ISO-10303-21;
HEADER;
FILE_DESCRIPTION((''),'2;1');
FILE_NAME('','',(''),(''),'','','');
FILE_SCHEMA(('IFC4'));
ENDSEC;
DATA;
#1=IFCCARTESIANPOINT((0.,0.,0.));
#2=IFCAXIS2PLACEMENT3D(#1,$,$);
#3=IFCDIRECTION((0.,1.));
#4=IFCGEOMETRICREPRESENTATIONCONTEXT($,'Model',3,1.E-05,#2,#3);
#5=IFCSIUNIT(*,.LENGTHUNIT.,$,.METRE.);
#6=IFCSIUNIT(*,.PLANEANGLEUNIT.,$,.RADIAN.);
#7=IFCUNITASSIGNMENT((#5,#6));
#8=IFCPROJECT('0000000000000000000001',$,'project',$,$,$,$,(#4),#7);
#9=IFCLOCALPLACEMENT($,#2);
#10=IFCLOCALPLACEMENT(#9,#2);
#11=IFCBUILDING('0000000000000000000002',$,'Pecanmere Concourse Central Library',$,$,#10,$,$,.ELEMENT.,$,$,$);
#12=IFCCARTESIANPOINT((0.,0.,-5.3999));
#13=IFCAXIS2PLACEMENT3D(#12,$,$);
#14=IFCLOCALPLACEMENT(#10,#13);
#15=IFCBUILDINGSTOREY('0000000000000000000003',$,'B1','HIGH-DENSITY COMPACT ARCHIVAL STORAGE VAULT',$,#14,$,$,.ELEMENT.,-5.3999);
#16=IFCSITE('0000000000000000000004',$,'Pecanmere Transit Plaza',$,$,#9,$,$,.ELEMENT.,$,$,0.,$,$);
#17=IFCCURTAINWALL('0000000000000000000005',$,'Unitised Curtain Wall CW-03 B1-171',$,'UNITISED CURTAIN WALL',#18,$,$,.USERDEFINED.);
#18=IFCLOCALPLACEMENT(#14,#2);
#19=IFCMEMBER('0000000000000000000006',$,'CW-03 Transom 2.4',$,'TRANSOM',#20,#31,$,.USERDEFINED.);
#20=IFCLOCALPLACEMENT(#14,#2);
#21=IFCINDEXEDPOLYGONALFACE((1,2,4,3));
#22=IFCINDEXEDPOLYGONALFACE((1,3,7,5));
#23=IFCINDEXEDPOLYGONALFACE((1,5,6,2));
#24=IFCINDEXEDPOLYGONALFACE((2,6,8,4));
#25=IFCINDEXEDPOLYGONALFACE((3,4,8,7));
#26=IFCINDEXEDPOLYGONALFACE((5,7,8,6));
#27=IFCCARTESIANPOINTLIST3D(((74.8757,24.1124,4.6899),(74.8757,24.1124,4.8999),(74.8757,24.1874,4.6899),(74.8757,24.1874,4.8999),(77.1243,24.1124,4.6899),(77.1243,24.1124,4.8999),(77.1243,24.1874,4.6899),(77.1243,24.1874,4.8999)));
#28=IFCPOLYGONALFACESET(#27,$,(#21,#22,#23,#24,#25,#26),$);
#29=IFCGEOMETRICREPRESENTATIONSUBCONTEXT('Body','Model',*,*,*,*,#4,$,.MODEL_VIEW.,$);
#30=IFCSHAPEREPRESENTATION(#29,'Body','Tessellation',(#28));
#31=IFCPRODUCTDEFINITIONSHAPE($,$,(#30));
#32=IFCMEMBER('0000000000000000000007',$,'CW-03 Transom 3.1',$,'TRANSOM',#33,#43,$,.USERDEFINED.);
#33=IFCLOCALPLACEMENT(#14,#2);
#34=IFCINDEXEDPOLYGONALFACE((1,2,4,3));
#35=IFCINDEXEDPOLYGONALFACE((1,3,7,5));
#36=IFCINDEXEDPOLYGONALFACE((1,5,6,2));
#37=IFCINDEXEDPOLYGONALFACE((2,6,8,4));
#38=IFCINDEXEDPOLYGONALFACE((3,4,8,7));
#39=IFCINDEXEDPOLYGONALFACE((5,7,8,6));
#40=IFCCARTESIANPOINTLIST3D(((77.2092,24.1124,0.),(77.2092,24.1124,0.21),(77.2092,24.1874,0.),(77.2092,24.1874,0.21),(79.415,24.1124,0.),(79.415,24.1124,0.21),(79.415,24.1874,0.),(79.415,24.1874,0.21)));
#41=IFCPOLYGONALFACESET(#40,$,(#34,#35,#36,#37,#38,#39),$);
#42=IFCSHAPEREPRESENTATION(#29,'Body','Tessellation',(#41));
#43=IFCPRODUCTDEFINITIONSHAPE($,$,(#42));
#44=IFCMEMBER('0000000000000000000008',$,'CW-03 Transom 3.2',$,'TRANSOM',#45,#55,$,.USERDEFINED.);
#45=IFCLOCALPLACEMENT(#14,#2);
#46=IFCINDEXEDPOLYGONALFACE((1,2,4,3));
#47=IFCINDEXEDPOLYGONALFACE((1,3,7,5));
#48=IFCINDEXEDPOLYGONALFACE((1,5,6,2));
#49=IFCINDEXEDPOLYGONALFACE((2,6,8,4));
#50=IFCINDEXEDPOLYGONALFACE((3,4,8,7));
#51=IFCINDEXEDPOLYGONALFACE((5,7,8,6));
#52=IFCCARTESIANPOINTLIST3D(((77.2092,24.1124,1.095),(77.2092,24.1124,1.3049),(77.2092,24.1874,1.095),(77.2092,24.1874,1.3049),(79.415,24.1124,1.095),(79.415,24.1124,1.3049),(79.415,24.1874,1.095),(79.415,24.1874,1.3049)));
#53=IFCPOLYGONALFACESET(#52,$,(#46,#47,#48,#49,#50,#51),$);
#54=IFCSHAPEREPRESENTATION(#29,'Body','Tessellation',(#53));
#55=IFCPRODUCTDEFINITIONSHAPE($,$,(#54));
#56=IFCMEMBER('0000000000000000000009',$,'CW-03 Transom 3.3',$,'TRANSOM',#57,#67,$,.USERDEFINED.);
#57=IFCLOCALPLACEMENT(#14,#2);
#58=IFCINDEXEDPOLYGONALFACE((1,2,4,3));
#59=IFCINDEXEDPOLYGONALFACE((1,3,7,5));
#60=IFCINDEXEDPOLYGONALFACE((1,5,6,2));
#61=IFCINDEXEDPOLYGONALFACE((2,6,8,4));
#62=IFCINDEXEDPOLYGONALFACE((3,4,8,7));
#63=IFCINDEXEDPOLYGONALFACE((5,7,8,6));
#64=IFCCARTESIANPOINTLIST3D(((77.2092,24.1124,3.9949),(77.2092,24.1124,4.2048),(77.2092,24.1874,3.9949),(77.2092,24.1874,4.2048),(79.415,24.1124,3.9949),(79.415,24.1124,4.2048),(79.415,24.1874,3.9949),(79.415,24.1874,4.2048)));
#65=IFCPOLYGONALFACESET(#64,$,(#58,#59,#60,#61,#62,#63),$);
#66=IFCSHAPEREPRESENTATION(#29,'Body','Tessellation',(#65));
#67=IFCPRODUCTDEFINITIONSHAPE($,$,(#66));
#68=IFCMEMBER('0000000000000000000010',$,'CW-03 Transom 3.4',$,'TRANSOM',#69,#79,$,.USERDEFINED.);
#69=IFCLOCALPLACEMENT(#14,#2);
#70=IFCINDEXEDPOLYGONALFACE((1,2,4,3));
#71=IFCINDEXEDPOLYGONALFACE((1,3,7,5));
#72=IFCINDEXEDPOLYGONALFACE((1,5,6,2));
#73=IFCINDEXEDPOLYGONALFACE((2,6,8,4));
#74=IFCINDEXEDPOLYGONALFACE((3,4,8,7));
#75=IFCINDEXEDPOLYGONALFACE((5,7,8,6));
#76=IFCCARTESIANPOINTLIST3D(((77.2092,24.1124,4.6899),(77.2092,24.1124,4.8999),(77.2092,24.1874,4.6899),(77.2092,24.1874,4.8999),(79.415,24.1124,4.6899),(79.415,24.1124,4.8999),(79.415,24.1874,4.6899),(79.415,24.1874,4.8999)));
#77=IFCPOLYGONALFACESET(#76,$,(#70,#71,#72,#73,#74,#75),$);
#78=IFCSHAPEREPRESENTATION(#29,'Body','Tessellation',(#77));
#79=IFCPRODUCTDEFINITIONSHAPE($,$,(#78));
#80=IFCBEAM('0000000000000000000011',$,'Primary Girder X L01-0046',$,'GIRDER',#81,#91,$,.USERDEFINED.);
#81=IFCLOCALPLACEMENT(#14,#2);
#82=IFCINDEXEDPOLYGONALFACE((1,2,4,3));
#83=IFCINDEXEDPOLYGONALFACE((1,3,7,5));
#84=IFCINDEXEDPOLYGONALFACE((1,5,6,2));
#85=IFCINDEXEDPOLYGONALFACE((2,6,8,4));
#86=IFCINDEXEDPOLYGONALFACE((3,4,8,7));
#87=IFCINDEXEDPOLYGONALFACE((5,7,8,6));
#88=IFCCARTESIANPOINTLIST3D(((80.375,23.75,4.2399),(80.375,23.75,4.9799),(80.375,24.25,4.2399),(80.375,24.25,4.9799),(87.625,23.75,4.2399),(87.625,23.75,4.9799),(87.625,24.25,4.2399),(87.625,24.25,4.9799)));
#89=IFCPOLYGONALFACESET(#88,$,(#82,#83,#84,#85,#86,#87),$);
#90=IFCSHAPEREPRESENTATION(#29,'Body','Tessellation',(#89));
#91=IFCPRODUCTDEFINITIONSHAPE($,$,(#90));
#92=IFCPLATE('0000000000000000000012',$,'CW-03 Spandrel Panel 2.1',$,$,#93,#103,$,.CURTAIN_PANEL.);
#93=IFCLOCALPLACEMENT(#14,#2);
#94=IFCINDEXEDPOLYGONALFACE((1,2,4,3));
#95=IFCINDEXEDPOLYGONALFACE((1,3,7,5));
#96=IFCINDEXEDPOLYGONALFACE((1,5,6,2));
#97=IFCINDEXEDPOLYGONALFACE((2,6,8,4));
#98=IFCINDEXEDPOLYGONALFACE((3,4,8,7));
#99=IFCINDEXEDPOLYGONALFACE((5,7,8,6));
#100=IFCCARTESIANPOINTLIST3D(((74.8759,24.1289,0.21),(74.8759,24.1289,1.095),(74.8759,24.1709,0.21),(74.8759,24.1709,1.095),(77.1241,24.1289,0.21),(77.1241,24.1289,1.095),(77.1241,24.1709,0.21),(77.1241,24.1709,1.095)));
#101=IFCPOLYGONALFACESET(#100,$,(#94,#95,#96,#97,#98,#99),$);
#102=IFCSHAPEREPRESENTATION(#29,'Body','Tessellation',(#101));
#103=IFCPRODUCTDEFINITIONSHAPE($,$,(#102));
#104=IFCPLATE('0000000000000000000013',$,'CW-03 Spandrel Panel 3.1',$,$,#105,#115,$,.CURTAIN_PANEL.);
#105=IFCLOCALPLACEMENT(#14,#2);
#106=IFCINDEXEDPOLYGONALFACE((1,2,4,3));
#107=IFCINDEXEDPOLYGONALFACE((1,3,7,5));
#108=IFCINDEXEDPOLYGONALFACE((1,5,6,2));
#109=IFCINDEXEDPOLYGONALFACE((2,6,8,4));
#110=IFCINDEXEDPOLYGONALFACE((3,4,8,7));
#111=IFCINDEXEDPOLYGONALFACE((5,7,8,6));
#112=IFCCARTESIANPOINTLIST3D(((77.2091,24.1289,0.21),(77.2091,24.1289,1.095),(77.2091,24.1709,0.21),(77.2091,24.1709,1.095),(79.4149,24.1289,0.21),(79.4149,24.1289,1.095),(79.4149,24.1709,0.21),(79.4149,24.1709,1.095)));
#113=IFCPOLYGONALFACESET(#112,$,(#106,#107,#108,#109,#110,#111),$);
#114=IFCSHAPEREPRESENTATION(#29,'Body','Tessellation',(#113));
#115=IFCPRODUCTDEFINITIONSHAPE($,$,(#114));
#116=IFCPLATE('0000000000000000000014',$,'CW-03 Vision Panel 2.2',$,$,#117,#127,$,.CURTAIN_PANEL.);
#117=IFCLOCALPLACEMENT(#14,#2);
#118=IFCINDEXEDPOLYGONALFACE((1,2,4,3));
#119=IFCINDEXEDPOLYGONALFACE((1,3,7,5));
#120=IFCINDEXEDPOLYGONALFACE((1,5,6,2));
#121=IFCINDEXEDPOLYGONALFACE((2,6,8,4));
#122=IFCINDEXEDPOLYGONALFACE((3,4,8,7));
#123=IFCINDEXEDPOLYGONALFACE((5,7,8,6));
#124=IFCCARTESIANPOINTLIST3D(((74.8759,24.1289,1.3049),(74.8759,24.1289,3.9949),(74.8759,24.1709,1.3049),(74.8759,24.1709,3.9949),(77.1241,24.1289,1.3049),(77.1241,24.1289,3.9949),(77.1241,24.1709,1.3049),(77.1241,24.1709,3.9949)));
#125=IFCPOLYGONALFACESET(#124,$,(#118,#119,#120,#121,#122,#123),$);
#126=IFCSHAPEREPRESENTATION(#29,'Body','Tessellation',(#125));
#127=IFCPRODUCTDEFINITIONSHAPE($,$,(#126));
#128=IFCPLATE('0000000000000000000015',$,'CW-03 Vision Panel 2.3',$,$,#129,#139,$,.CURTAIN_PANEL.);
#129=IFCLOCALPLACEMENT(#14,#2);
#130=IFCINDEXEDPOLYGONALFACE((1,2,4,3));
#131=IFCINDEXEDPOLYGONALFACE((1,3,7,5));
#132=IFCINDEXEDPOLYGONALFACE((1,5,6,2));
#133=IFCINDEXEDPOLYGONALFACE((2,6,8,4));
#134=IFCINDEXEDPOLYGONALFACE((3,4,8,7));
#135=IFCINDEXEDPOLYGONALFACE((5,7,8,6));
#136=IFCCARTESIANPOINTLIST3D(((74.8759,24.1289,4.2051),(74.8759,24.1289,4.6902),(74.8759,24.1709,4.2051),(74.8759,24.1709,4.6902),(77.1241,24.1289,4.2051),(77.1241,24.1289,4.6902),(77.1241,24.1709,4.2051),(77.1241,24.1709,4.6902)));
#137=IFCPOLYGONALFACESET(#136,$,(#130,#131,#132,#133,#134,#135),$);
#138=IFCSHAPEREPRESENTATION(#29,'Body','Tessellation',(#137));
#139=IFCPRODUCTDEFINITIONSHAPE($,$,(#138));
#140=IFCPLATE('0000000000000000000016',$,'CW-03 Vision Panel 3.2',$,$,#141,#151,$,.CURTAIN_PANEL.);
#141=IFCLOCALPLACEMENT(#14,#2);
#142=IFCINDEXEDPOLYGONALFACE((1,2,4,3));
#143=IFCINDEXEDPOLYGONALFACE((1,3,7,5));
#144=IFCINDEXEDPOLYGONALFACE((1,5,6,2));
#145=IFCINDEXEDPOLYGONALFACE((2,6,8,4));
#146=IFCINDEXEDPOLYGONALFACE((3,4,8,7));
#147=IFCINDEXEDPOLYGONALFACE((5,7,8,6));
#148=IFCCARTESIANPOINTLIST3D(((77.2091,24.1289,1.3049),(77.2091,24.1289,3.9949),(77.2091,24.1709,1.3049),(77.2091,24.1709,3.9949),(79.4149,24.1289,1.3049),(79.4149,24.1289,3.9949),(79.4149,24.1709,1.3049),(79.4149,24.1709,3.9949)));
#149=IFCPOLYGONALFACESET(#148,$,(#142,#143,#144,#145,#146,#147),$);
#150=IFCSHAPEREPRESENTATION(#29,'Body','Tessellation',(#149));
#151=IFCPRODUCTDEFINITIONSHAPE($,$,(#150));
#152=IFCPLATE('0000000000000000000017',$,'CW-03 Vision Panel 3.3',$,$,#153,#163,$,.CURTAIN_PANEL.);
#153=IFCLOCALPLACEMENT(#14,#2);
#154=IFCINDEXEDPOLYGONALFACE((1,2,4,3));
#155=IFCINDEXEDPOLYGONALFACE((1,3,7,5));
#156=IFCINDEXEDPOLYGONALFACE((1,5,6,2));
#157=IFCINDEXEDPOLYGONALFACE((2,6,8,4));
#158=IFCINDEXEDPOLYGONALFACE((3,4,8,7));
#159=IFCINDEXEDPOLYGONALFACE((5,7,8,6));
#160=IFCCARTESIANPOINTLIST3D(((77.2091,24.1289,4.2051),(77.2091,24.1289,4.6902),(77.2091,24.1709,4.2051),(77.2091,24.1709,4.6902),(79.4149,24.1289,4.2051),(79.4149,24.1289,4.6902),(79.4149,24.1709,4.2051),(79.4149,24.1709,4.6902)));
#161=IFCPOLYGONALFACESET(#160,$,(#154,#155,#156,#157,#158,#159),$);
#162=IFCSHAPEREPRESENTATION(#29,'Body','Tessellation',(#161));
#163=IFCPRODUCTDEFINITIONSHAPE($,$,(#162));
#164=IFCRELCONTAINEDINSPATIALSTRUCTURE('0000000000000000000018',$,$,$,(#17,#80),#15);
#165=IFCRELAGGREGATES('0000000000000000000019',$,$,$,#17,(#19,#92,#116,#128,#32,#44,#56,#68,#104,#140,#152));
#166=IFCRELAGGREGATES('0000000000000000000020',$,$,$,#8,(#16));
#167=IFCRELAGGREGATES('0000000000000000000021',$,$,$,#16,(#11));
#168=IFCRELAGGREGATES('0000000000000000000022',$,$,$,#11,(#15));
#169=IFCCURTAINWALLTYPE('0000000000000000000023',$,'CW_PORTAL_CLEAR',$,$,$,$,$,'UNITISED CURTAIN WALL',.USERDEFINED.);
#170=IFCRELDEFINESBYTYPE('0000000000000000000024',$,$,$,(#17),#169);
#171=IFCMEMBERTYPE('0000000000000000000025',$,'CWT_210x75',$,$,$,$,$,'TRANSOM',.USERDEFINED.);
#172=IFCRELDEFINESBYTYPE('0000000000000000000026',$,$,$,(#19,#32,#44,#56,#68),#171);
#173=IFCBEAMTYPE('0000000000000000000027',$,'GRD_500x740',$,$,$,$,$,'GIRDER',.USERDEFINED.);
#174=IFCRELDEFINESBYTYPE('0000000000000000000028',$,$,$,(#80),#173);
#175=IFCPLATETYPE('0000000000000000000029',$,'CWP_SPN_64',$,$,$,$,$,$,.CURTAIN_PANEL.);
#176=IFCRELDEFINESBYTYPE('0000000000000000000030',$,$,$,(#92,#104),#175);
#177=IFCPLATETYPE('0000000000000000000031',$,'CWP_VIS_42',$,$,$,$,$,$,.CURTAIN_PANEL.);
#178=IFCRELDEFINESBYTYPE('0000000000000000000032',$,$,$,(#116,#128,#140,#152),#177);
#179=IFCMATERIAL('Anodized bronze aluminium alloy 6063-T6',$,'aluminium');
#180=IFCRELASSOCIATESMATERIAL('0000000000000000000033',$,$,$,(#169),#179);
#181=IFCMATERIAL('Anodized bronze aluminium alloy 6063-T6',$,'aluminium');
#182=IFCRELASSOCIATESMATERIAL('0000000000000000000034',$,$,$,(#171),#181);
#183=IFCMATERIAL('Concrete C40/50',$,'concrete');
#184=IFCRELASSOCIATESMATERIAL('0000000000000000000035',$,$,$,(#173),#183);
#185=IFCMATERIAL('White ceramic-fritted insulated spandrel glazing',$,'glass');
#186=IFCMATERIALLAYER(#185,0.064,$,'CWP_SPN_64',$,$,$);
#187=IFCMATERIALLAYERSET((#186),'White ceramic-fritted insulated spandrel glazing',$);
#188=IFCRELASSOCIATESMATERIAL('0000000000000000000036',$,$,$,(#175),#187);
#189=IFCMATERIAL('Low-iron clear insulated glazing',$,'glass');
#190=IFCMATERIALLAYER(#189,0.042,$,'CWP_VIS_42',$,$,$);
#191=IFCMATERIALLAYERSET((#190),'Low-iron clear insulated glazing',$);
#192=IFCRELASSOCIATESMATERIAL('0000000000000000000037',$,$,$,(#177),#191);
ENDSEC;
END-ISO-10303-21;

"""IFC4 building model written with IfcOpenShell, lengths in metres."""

from ifc_helpers import new_model, si_unit, direction, frame, origin, origin_2d, place, context, subcontext, project, spatial, rectangle, extrude, material, layer, layer_set, material_profile, profile_set, type_object, element, aggregate, save


model = new_model("IFC4")

# Units and contexts
model_context = context("Model", 3, precision=1e-05, world=origin(), true_north=direction((0.0, 1.0)))
body_context = subcontext(model_context, "Body", "Model", "MODEL_VIEW")
ifc_project = project(units=[si_unit("LENGTHUNIT", "METRE"), si_unit("PLANEANGLEUNIT", "RADIAN")], contexts=[model_context])

# Site, building, storey
site_placement = place(None, origin())
site = spatial("IfcSite", under=ifc_project, at=site_placement, Name="Pecanmere Transit Plaza", CompositionType="ELEMENT", RefElevation=0.0)
building_placement = place(site_placement, origin())
building = spatial("IfcBuilding", under=site, at=building_placement, Name="Pecanmere Concourse Central Library", CompositionType="ELEMENT")
storey_placement = place(building_placement, frame((0.0, 0.0, -5.3999)))
storey = spatial("IfcBuildingStorey", under=building, at=storey_placement, Name="B1", Description="HIGH-DENSITY COMPACT ARCHIVAL STORAGE VAULT", CompositionType="ELEMENT", Elevation=-5.3999)

# Curtain wall, members
ifc_material_1 = material(Name="Anodized bronze aluminium alloy 6063-T6", Category="aluminium")
curtain_wall_type = type_object("IfcCurtainWallType", Name="CW_PORTAL_CLEAR", ElementType="UNITISED CURTAIN WALL", PredefinedType="USERDEFINED", material=ifc_material_1)
curtain_wall_placement = place(storey_placement, origin())
curtain_wall = element("IfcCurtainWall", 1, at=curtain_wall_placement, inside=storey, type_object=curtain_wall_type, Name="Unitised Curtain Wall CW-03 B1-171", ObjectType="UNITISED CURTAIN WALL", PredefinedType="USERDEFINED")
ifc_material_2 = material(Name="Anodized bronze aluminium alloy 6063-T6", Category="aluminium")
ifc_material_profile_1 = material_profile(ifc_material_2, rectangle(XDim=0.075, YDim=0.21, at=origin_2d()), Name="AL 75x210")
ifc_profile_set_1 = profile_set([ifc_material_profile_1], Name="Anodized bronze aluminium alloy 6063-T6")
member_type_1 = type_object("IfcMemberType", Name="CWT_210x75", ElementType="TRANSOM", PredefinedType="USERDEFINED", material=ifc_profile_set_1)
member_1_placement = place(storey_placement, frame((74.8757, 24.1499, 4.7949), z_axis=(1.0, 0.0, 0.0), x_axis=(0.0, 1.0, 0.0)))
member_1 = element("IfcMember", 2, at=member_1_placement, type_object=member_type_1, Name="CW-03 Transom 2.4", ObjectType="TRANSOM", PredefinedType="USERDEFINED", context=body_context, shape_type="SweptSolid", body=[
    extrude(rectangle(XDim=0.075, YDim=0.21, at=origin_2d()), origin(), (0.0, 0.0, 1.0), 2.2485),
])
member_2_placement = place(storey_placement, frame((77.2092, 24.1499, 0.105), z_axis=(1.0, 0.0, 0.0), x_axis=(0.0, 1.0, 0.0)))
member_2 = element("IfcMember", 3, at=member_2_placement, type_object=member_type_1, Name="CW-03 Transom 3.1", ObjectType="TRANSOM", PredefinedType="USERDEFINED", context=body_context, shape_type="SweptSolid", body=[
    extrude(rectangle(XDim=0.075, YDim=0.21, at=origin_2d()), origin(), (0.0, 0.0, 1.0), 2.2058),
])
member_3_placement = place(storey_placement, frame((77.2092, 24.1499, 1.2), z_axis=(1.0, 0.0, 0.0), x_axis=(0.0, 1.0, 0.0)))
member_3 = element("IfcMember", 4, at=member_3_placement, type_object=member_type_1, Name="CW-03 Transom 3.2", ObjectType="TRANSOM", PredefinedType="USERDEFINED", context=body_context, shape_type="SweptSolid", body=[
    extrude(rectangle(XDim=0.075, YDim=0.21, at=origin_2d()), origin(), (0.0, 0.0, 1.0), 2.2058),
])
member_4_placement = place(storey_placement, frame((77.2092, 24.1499, 4.0999), z_axis=(1.0, 0.0, 0.0), x_axis=(0.0, 1.0, 0.0)))
member_4 = element("IfcMember", 5, at=member_4_placement, type_object=member_type_1, Name="CW-03 Transom 3.3", ObjectType="TRANSOM", PredefinedType="USERDEFINED", context=body_context, shape_type="SweptSolid", body=[
    extrude(rectangle(XDim=0.075, YDim=0.21, at=origin_2d()), origin(), (0.0, 0.0, 1.0), 2.2058),
])
member_5_placement = place(storey_placement, frame((77.2092, 24.1499, 4.7949), z_axis=(1.0, 0.0, 0.0), x_axis=(0.0, 1.0, 0.0)))
member_5 = element("IfcMember", 6, at=member_5_placement, type_object=member_type_1, Name="CW-03 Transom 3.4", ObjectType="TRANSOM", PredefinedType="USERDEFINED", context=body_context, shape_type="SweptSolid", body=[
    extrude(rectangle(XDim=0.075, YDim=0.21, at=origin_2d()), origin(), (0.0, 0.0, 1.0), 2.2058),
])

# Beam
ifc_material_3 = material(Name="Concrete C40/50", Category="concrete")
ifc_material_profile_2 = material_profile(ifc_material_3, rectangle(XDim=0.5, YDim=0.74, at=origin_2d()), Name="RC 500x740")
ifc_profile_set_2 = profile_set([ifc_material_profile_2], Name="Concrete C40/50")
beam_type = type_object("IfcBeamType", Name="GRD_500x740", ElementType="GIRDER", PredefinedType="USERDEFINED", material=ifc_profile_set_2)
beam_placement = place(storey_placement, frame((80.375, 24.0, 4.6099), z_axis=(1.0, 0.0, 0.0), x_axis=(0.0, 1.0, 0.0)))
element("IfcBeam", 7, at=beam_placement, inside=storey, type_object=beam_type, Name="Primary Girder X L01-0046", ObjectType="GIRDER", PredefinedType="USERDEFINED", context=body_context, shape_type="SweptSolid", body=[
    extrude(rectangle(XDim=0.5, YDim=0.74, at=origin_2d()), origin(), (0.0, 0.0, 1.0), 7.25),
])

# Plates
ifc_material_4 = material(Name="White ceramic-fritted insulated spandrel glazing", Category="glass")
ifc_layer_1 = layer(ifc_material_4, 0.064, Name="CWP_SPN_64")
ifc_layer_set_1 = layer_set([ifc_layer_1], Name="White ceramic-fritted insulated spandrel glazing")
plate_type_1 = type_object("IfcPlateType", Name="CWP_SPN_64", PredefinedType="CURTAIN_PANEL", material=ifc_layer_set_1)
plate_1_placement = place(storey_placement, frame((76.0, 24.1499, 0.21), z_axis=(0.0, 0.0, 1.0), x_axis=(1.0, 0.0, 0.0)))
plate_1 = element("IfcPlate", 8, at=plate_1_placement, type_object=plate_type_1, Name="CW-03 Spandrel Panel 2.1", PredefinedType="CURTAIN_PANEL", context=body_context, shape_type="SweptSolid", body=[
    extrude(rectangle(XDim=2.2483, YDim=0.042, at=origin_2d()), origin(), (0.0, 0.0, 1.0), 0.885),
])
plate_2_placement = place(storey_placement, frame((78.312, 24.1499, 0.21), z_axis=(0.0, 0.0, 1.0), x_axis=(1.0, 0.0, 0.0)))
plate_2 = element("IfcPlate", 9, at=plate_2_placement, type_object=plate_type_1, Name="CW-03 Spandrel Panel 3.1", PredefinedType="CURTAIN_PANEL", context=body_context, shape_type="SweptSolid", body=[
    extrude(rectangle(XDim=2.2058, YDim=0.042, at=origin_2d()), origin(), (0.0, 0.0, 1.0), 0.885),
])
ifc_material_5 = material(Name="Low-iron clear insulated glazing", Category="glass")
ifc_layer_2 = layer(ifc_material_5, 0.042, Name="CWP_VIS_42")
ifc_layer_set_2 = layer_set([ifc_layer_2], Name="Low-iron clear insulated glazing")
plate_type_2 = type_object("IfcPlateType", Name="CWP_VIS_42", PredefinedType="CURTAIN_PANEL", material=ifc_layer_set_2)
plate_3_placement = place(storey_placement, frame((76.0, 24.1499, 1.3049), z_axis=(0.0, 0.0, 1.0), x_axis=(1.0, 0.0, 0.0)))
plate_3 = element("IfcPlate", 10, at=plate_3_placement, type_object=plate_type_2, Name="CW-03 Vision Panel 2.2", PredefinedType="CURTAIN_PANEL", context=body_context, shape_type="SweptSolid", body=[
    extrude(rectangle(XDim=2.2483, YDim=0.042, at=origin_2d()), origin(), (0.0, 0.0, 1.0), 2.6899),
])
plate_4_placement = place(storey_placement, frame((76.0, 24.1499, 4.2051), z_axis=(0.0, 0.0, 1.0), x_axis=(1.0, 0.0, 0.0)))
plate_4 = element("IfcPlate", 11, at=plate_4_placement, type_object=plate_type_2, Name="CW-03 Vision Panel 2.3", PredefinedType="CURTAIN_PANEL", context=body_context, shape_type="SweptSolid", body=[
    extrude(rectangle(XDim=2.2483, YDim=0.042, at=origin_2d()), origin(), (0.0, 0.0, 1.0), 0.4851),
])
plate_5_placement = place(storey_placement, frame((78.312, 24.1499, 1.3049), z_axis=(0.0, 0.0, 1.0), x_axis=(1.0, 0.0, 0.0)))
plate_5 = element("IfcPlate", 12, at=plate_5_placement, type_object=plate_type_2, Name="CW-03 Vision Panel 3.2", PredefinedType="CURTAIN_PANEL", context=body_context, shape_type="SweptSolid", body=[
    extrude(rectangle(XDim=2.2058, YDim=0.042, at=origin_2d()), origin(), (0.0, 0.0, 1.0), 2.6899),
])
plate_6_placement = place(storey_placement, frame((78.312, 24.1499, 4.2051), z_axis=(0.0, 0.0, 1.0), x_axis=(1.0, 0.0, 0.0)))
plate_6 = element("IfcPlate", 13, at=plate_6_placement, type_object=plate_type_2, Name="CW-03 Vision Panel 3.3", PredefinedType="CURTAIN_PANEL", context=body_context, shape_type="SweptSolid", body=[
    extrude(rectangle(XDim=2.2058, YDim=0.042, at=origin_2d()), origin(), (0.0, 0.0, 1.0), 0.4851),
])
aggregate(curtain_wall, [member_1, plate_1, plate_3, plate_4, member_2, member_3, member_4, member_5, plate_2, plate_5, plate_6])

save(model, "model.ifc")
